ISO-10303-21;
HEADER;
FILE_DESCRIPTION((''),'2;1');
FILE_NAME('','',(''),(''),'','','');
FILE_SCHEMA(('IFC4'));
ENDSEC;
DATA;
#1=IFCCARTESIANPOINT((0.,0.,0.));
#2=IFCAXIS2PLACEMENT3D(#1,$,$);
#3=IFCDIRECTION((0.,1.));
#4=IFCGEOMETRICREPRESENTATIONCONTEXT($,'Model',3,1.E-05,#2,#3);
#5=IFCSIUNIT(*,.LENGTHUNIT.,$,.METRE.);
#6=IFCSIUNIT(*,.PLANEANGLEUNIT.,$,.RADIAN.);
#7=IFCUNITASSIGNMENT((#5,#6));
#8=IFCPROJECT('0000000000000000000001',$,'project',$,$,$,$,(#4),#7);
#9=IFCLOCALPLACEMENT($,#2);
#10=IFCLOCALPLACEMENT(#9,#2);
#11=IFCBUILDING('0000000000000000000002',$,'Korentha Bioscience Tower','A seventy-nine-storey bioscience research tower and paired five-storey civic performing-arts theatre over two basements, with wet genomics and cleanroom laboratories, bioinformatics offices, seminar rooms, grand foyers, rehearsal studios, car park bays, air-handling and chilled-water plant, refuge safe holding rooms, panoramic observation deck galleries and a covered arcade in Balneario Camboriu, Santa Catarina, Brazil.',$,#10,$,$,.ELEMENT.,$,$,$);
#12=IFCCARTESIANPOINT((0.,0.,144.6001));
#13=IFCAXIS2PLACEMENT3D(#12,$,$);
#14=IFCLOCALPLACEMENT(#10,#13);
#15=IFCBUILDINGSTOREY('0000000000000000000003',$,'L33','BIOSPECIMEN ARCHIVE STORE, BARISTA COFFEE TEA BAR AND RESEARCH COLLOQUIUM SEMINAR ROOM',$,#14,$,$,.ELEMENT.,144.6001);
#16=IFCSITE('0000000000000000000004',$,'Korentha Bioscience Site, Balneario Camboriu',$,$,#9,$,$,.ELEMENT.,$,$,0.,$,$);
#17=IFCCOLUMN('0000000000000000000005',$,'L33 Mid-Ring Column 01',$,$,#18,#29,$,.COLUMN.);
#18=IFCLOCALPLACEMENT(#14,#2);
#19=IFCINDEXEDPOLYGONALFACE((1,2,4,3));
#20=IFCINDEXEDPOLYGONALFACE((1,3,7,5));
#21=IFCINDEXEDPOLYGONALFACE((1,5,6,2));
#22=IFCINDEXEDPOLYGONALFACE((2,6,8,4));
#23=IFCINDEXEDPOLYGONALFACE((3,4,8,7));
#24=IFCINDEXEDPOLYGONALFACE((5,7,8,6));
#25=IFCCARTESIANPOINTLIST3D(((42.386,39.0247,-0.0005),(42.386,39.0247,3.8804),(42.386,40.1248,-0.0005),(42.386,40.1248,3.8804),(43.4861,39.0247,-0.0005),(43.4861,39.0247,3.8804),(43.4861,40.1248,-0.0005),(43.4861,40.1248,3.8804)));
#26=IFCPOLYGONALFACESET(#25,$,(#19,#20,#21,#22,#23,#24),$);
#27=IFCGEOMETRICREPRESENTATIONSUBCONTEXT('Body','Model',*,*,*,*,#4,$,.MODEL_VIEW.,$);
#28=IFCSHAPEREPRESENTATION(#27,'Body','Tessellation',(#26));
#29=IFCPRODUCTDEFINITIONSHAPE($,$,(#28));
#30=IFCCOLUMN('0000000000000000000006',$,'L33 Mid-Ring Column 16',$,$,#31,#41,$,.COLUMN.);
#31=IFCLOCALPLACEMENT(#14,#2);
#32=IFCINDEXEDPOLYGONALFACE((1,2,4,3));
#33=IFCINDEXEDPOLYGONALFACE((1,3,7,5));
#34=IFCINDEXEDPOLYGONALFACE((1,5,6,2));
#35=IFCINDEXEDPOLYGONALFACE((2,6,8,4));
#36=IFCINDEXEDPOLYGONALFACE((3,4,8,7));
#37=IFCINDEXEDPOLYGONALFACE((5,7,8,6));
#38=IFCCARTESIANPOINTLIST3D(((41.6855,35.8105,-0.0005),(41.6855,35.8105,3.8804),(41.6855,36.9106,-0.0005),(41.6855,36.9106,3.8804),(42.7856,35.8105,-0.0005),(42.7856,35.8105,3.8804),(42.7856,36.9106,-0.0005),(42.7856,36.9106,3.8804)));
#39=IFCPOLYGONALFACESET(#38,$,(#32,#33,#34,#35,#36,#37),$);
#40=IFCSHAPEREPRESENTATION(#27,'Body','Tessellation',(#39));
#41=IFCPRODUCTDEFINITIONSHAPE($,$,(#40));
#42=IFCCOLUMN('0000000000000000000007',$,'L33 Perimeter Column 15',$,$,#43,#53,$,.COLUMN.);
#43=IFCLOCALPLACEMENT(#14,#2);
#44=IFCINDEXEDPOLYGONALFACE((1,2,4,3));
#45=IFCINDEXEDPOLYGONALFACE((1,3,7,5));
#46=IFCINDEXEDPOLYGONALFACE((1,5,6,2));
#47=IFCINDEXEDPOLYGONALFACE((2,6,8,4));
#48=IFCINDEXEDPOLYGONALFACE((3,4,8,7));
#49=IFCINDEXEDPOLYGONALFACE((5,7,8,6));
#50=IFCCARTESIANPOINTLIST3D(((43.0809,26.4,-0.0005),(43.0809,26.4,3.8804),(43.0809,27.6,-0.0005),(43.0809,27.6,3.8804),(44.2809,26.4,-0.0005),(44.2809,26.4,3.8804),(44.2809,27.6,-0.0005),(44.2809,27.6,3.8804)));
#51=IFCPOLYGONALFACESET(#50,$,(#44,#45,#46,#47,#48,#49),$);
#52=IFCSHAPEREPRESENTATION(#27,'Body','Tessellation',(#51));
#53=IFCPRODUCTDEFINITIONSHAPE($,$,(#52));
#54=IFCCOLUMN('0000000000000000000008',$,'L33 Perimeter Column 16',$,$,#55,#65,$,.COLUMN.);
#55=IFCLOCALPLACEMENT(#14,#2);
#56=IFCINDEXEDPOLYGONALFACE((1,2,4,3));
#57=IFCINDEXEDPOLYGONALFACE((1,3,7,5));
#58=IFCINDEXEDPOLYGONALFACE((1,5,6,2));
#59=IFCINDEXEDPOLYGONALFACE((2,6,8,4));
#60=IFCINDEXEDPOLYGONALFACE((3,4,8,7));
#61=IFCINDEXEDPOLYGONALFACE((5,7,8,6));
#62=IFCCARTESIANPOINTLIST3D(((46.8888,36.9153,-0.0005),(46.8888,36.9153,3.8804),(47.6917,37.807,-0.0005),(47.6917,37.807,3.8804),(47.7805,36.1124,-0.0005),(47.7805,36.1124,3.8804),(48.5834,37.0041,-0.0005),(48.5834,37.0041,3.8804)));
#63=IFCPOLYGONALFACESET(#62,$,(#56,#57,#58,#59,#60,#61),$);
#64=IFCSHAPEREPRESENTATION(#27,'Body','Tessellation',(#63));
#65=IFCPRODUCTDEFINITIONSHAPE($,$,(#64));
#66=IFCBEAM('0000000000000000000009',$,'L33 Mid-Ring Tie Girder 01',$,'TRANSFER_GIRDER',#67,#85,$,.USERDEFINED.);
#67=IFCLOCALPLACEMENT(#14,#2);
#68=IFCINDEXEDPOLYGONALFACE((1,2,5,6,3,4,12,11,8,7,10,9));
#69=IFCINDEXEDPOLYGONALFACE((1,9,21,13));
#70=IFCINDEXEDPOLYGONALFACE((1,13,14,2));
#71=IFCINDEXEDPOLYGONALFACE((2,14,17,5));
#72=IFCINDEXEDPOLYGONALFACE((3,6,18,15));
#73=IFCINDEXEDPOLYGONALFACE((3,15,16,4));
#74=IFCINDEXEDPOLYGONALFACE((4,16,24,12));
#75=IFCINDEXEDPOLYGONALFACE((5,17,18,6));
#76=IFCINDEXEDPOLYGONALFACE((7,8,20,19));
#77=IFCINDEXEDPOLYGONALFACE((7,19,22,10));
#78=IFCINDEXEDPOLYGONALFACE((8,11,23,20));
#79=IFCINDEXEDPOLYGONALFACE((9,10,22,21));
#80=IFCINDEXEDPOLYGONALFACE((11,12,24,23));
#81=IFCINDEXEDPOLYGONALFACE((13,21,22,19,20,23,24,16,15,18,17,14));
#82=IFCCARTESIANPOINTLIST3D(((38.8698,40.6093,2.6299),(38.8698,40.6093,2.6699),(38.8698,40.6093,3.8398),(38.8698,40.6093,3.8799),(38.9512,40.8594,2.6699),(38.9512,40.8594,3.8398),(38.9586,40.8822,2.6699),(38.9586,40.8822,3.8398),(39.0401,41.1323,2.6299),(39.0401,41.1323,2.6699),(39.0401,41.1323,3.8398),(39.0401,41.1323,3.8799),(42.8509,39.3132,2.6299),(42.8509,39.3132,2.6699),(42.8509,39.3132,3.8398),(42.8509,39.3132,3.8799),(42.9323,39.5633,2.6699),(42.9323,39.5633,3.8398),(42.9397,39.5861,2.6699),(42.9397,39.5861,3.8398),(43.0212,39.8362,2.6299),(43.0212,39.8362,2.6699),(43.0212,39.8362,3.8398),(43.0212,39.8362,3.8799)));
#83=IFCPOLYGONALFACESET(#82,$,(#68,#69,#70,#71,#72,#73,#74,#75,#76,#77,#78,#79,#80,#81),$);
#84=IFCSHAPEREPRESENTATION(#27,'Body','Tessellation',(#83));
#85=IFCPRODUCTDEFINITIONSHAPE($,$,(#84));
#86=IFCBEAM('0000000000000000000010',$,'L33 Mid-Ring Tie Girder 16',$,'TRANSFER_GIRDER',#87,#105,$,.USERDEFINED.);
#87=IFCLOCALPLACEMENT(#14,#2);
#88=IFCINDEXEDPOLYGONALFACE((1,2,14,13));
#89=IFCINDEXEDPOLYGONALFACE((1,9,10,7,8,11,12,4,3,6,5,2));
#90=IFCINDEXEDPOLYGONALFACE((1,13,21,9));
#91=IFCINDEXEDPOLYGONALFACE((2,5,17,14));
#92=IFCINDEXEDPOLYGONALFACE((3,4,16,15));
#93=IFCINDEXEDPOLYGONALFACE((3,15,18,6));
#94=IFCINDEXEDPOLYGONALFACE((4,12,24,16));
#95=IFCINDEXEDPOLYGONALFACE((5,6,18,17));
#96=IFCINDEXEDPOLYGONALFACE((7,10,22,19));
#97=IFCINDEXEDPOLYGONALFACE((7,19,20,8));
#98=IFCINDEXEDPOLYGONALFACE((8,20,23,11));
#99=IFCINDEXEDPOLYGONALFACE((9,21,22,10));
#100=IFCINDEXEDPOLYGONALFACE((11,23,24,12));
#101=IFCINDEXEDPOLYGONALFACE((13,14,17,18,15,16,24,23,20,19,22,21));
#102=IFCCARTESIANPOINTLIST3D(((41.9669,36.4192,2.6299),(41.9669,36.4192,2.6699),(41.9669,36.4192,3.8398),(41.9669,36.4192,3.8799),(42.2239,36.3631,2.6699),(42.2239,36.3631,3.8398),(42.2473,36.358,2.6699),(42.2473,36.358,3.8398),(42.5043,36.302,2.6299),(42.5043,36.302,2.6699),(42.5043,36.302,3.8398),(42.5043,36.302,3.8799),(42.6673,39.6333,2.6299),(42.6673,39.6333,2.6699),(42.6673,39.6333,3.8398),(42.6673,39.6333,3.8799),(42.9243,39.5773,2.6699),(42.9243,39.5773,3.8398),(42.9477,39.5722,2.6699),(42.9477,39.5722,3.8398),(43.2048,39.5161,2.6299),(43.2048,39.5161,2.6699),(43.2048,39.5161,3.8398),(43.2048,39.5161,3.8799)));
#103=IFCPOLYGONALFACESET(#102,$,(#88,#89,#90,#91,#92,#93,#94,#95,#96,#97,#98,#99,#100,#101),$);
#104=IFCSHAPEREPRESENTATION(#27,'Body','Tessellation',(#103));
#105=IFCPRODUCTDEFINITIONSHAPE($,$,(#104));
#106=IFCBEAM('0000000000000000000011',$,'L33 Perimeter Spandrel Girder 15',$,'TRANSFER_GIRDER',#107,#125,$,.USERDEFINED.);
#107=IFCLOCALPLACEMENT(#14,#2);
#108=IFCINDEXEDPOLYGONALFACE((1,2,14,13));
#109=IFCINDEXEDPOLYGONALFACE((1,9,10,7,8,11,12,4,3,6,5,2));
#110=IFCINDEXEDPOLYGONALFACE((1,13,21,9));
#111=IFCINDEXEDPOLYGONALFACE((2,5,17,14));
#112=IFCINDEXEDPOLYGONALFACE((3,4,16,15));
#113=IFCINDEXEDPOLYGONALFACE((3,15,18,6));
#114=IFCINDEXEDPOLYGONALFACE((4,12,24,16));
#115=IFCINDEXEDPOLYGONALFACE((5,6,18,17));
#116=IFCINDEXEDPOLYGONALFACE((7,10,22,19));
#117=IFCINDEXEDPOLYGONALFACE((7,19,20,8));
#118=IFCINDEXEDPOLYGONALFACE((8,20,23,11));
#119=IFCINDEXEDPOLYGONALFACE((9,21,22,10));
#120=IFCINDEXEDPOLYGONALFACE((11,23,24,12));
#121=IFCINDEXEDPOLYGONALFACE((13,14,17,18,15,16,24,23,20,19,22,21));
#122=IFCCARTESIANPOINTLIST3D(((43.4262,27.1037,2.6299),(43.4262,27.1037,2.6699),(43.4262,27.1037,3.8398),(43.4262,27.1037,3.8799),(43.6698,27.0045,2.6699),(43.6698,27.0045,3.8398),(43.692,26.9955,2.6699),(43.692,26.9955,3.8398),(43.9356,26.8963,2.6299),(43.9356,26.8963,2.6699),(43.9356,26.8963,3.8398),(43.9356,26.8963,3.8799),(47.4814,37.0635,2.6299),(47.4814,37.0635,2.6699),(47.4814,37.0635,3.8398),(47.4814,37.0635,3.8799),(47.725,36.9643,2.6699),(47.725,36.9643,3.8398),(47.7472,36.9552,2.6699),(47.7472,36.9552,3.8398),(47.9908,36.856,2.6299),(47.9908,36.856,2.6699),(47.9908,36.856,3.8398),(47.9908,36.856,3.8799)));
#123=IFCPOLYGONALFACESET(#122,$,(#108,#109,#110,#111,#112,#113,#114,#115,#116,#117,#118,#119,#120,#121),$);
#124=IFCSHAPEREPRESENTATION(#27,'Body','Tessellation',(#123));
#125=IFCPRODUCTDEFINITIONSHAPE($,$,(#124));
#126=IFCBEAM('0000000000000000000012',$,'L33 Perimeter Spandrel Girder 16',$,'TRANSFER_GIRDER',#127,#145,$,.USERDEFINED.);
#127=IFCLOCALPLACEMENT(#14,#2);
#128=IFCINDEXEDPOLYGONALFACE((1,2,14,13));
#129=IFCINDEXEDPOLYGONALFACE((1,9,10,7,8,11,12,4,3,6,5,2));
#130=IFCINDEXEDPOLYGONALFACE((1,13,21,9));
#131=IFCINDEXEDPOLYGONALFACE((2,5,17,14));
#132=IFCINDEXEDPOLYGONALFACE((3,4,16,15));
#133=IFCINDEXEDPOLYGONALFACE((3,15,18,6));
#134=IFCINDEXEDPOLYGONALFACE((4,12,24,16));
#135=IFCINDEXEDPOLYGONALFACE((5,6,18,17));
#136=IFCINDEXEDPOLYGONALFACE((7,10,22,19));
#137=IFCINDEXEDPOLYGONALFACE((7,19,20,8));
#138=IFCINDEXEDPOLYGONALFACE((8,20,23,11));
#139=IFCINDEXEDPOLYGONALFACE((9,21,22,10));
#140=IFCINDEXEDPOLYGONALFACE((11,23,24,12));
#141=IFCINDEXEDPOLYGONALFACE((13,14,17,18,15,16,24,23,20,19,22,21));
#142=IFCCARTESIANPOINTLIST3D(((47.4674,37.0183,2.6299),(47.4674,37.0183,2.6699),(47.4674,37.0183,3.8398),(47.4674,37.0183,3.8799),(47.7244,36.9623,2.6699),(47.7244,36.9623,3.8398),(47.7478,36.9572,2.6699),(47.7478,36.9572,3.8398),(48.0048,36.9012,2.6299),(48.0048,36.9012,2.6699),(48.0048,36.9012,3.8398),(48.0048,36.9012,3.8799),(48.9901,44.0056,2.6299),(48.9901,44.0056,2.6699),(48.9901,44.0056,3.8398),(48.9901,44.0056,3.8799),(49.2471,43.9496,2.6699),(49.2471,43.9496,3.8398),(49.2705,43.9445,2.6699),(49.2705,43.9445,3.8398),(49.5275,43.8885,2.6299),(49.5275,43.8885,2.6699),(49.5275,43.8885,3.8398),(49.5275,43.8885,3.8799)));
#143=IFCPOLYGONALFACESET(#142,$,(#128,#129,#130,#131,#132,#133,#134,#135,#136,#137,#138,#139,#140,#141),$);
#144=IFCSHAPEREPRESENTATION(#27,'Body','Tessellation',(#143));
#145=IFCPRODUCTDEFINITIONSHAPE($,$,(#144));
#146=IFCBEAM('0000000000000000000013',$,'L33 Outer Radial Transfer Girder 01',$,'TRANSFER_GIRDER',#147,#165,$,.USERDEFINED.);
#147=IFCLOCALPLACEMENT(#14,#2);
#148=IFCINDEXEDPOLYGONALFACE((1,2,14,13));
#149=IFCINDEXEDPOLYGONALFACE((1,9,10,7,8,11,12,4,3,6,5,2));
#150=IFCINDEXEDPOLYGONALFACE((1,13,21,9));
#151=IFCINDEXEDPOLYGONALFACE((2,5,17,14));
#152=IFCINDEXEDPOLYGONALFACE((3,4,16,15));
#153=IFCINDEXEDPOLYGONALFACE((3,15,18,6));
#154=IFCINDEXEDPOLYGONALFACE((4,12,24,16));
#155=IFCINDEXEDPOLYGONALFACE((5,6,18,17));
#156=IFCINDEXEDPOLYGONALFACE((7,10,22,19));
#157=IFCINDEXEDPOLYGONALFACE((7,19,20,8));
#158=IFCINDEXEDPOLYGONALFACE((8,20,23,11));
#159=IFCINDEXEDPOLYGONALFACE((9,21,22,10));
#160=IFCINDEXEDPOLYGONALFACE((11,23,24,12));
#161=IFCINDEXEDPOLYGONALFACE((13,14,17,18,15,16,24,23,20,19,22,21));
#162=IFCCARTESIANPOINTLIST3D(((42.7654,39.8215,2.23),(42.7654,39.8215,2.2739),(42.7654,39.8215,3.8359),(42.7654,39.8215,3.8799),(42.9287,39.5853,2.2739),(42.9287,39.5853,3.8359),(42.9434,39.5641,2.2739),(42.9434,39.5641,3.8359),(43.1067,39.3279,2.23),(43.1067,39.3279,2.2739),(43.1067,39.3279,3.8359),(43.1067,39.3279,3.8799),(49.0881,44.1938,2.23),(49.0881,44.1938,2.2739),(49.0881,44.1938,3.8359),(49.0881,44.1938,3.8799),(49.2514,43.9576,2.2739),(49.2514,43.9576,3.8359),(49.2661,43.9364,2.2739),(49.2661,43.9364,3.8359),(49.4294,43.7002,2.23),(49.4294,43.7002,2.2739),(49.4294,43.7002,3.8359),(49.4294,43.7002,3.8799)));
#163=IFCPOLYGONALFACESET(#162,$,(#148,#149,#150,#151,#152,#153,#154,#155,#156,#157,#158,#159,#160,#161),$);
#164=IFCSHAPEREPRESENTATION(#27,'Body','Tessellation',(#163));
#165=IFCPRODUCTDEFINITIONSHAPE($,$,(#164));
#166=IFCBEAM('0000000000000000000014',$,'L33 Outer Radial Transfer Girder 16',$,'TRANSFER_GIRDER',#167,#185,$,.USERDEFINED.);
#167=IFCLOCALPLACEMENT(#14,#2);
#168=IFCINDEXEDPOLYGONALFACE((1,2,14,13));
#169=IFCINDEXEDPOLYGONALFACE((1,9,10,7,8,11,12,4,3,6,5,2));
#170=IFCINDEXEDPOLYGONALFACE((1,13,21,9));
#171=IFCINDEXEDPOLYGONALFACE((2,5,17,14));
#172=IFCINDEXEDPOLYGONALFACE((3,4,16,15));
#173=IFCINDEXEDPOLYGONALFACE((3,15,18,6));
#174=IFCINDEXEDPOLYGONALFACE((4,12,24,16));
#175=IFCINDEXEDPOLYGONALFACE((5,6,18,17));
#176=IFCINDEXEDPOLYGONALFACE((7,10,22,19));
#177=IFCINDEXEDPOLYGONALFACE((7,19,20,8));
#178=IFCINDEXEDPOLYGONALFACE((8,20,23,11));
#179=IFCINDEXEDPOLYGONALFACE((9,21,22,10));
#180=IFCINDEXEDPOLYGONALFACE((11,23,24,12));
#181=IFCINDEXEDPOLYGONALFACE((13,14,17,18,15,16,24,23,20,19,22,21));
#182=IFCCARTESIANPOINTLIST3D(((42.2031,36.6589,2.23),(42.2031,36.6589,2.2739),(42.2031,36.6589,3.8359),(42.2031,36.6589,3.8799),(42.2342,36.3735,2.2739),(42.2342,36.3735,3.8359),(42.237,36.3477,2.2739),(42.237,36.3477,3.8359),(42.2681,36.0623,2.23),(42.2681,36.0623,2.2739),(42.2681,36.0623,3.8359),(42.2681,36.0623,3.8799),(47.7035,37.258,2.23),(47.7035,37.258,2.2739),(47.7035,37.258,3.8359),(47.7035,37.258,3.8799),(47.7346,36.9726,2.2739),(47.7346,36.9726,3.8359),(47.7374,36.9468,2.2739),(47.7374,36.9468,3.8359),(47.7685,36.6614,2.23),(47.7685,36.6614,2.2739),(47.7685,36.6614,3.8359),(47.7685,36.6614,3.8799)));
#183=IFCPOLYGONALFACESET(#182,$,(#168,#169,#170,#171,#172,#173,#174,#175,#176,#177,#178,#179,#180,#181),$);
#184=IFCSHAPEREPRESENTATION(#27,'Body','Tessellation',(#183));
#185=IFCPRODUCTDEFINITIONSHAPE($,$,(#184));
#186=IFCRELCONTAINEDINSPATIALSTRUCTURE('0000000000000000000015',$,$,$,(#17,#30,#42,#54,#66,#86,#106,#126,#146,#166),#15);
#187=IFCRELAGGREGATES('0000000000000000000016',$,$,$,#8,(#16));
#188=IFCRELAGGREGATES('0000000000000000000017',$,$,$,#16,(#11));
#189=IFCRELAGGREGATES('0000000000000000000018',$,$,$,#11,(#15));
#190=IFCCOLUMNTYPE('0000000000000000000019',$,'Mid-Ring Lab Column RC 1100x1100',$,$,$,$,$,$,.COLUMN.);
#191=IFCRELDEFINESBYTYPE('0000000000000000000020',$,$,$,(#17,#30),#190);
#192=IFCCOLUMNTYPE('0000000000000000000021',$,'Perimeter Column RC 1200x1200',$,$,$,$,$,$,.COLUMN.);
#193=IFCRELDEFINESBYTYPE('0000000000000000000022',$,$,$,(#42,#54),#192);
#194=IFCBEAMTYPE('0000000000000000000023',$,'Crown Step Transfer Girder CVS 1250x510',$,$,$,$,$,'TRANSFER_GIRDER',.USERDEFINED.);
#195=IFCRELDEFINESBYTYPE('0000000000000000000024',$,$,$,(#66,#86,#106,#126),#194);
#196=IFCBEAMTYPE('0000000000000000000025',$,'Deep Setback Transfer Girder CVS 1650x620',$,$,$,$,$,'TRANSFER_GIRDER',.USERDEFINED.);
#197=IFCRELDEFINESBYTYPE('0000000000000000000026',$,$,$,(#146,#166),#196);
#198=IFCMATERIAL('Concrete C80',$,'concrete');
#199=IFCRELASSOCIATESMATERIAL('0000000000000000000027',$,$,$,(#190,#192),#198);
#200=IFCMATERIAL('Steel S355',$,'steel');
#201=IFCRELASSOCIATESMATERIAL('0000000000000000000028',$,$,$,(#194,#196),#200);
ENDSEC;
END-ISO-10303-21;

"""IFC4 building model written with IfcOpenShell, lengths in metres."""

from ifc_helpers import new_model, si_unit, direction, frame, origin, origin_2d, place, context, subcontext, project, spatial, rectangle, i_section, extrude, material, material_profile, profile_set, type_object, element, save


model = new_model("IFC4")

# Units and contexts
model_context = context("Model", 3, precision=1e-05, world=origin(), true_north=direction((0.0, 1.0)))
body_context = subcontext(model_context, "Body", "Model", "MODEL_VIEW")
ifc_project = project(units=[si_unit("LENGTHUNIT", "METRE"), si_unit("PLANEANGLEUNIT", "RADIAN")], contexts=[model_context])

# Site, building, storey
site_placement = place(None, origin())
site = spatial("IfcSite", under=ifc_project, at=site_placement, Name="Korentha Bioscience Site, Balneario Camboriu", CompositionType="ELEMENT", RefElevation=0.0)
building_placement = place(site_placement, origin())
building = spatial("IfcBuilding", under=site, at=building_placement, Name="Korentha Bioscience Tower", Description="A seventy-nine-storey bioscience research tower and paired five-storey civic performing-arts theatre over two basements, with wet genomics and cleanroom laboratories, bioinformatics offices, seminar rooms, grand foyers, rehearsal studios, car park bays, air-handling and chilled-water plant, refuge safe holding rooms, panoramic observation deck galleries and a covered arcade in Balneario Camboriu, Santa Catarina, Brazil.", CompositionType="ELEMENT")
storey_placement = place(building_placement, frame((0.0, 0.0, 144.6001)))
storey = spatial("IfcBuildingStorey", under=building, at=storey_placement, Name="L33", Description="BIOSPECIMEN ARCHIVE STORE, BARISTA COFFEE TEA BAR AND RESEARCH COLLOQUIUM SEMINAR ROOM", CompositionType="ELEMENT", Elevation=144.6001)

# Columns
ifc_material_1 = material(Name="Concrete C80", Category="concrete")
ifc_material_profile_1 = material_profile(ifc_material_1, rectangle(XDim=1.1001, YDim=1.1001, at=origin_2d()), Name="Concrete C80")
ifc_profile_set_1 = profile_set([ifc_material_profile_1], Name="Concrete C80 (COL-MR11)")
column_type_1 = type_object("IfcColumnType", Name="Mid-Ring Lab Column RC 1100x1100", PredefinedType="COLUMN", material=ifc_profile_set_1)
for number, where, z_axis, x_axis, name in (
    (1, (42.936, 39.5747, -0.0005), (0.0, 0.0, 1.0), (1.0, 0.0, 0.0), "L33 Mid-Ring Column 01"),
    (2, (42.2356, 36.3606, -0.0005), (0.0, 0.0, 1.0), (1.0, 0.0, 0.0), "L33 Mid-Ring Column 16"),
):
    element("IfcColumn", number, at=place(storey_placement, frame(where, z_axis=z_axis, x_axis=x_axis)), inside=storey, type_object=column_type_1, Name=name, PredefinedType="COLUMN", context=body_context, shape_type="SweptSolid", body=[
        extrude(rectangle(XDim=1.1001, YDim=1.1001, at=origin_2d()), origin(), (0.0, 0.0, 1.0), 3.8809),
    ])
ifc_material_profile_2 = material_profile(ifc_material_1, rectangle(XDim=1.2, YDim=1.2, at=origin_2d()), Name="Concrete C80")
ifc_profile_set_2 = profile_set([ifc_material_profile_2], Name="Concrete C80 (COL-P12)")
column_type_2 = type_object("IfcColumnType", Name="Perimeter Column RC 1200x1200", PredefinedType="COLUMN", material=ifc_profile_set_2)
for number, where, z_axis, x_axis, name in (
    (3, (43.6809, 27.0, -0.0005), (0.0, 0.0, 1.0), (0.0, 1.0, 0.0), "L33 Perimeter Column 15"),
    (4, (47.7361, 36.9597, -0.0005), (0.0, 0.0, 1.0), (0.669131, 0.743145, 0.0), "L33 Perimeter Column 16"),
):
    element("IfcColumn", number, at=place(storey_placement, frame(where, z_axis=z_axis, x_axis=x_axis)), inside=storey, type_object=column_type_2, Name=name, PredefinedType="COLUMN", context=body_context, shape_type="SweptSolid", body=[
        extrude(rectangle(XDim=1.2, YDim=1.2, at=origin_2d()), origin(), (0.0, 0.0, 1.0), 3.8809),
    ])

# Beams
ifc_material_2 = material(Name="Steel S355", Category="steel")
ifc_material_profile_3 = material_profile(ifc_material_2, i_section(OverallWidth=0.55, OverallDepth=1.25, WebThickness=0.0239, FlangeThickness=0.04, at=origin_2d()), Name="Steel S355")
ifc_profile_set_3 = profile_set([ifc_material_profile_3], Name="Steel S355 (TG-03)")
beam_type_1 = type_object("IfcBeamType", Name="Crown Step Transfer Girder CVS 1250x510", ElementType="TRANSFER_GIRDER", PredefinedType="USERDEFINED", material=ifc_profile_set_3)
beam_1_placement = place(storey_placement, frame((42.936, 39.5747, 3.2549), z_axis=(-0.950876, 0.309573, 0.0), x_axis=(-0.309573, -0.950876, 0.0)))
element("IfcBeam", 5, at=beam_1_placement, inside=storey, type_object=beam_type_1, Name="L33 Mid-Ring Tie Girder 01", ObjectType="TRANSFER_GIRDER", PredefinedType="USERDEFINED", context=body_context, shape_type="SweptSolid", body=[
    extrude(i_section(OverallWidth=0.55, OverallDepth=1.25, WebThickness=0.0239, FlangeThickness=0.04, at=origin_2d()), origin(), (0.0, 0.0, 1.0), 4.1868),
])
beam_2_placement = place(storey_placement, frame((42.2356, 36.3606, 3.2549), z_axis=(0.212929, 0.977068, 0.0), x_axis=(-0.977068, 0.212929, 0.0)))
element("IfcBeam", 6, at=beam_2_placement, inside=storey, type_object=beam_type_1, Name="L33 Mid-Ring Tie Girder 16", ObjectType="TRANSFER_GIRDER", PredefinedType="USERDEFINED", context=body_context, shape_type="SweptSolid", body=[
    extrude(i_section(OverallWidth=0.55, OverallDepth=1.25, WebThickness=0.0239, FlangeThickness=0.04, at=origin_2d()), origin(), (0.0, 0.0, 1.0), 3.2896),
])
beam_3_placement = place(storey_placement, frame((43.6809, 27.0, 3.2549), z_axis=(0.377099, 0.926173, 0.0), x_axis=(-0.926173, 0.377099, 0.0)))
element("IfcBeam", 7, at=beam_3_placement, inside=storey, type_object=beam_type_1, Name="L33 Perimeter Spandrel Girder 15", ObjectType="TRANSFER_GIRDER", PredefinedType="USERDEFINED", context=body_context, shape_type="SweptSolid", body=[
    extrude(i_section(OverallWidth=0.55, OverallDepth=1.25, WebThickness=0.0239, FlangeThickness=0.04, at=origin_2d()), origin(), (0.0, 0.0, 1.0), 10.7537),
])
beam_4_placement = place(storey_placement, frame((47.7361, 36.9597, 3.2549), z_axis=(0.212927, 0.977068, 0.0), x_axis=(-0.977068, 0.212927, 0.0)))
element("IfcBeam", 8, at=beam_4_placement, inside=storey, type_object=beam_type_1, Name="L33 Perimeter Spandrel Girder 16", ObjectType="TRANSFER_GIRDER", PredefinedType="USERDEFINED", context=body_context, shape_type="SweptSolid", body=[
    extrude(i_section(OverallWidth=0.55, OverallDepth=1.25, WebThickness=0.0239, FlangeThickness=0.04, at=origin_2d()), origin(), (0.0, 0.0, 1.0), 7.1514),
])
ifc_material_profile_4 = material_profile(ifc_material_2, i_section(OverallWidth=0.6001, OverallDepth=1.6499, WebThickness=0.0259, FlangeThickness=0.0439, at=origin_2d()), Name="Steel S355")
ifc_profile_set_4 = profile_set([ifc_material_profile_4], Name="Steel S355 (TG-04)")
beam_type_2 = type_object("IfcBeamType", Name="Deep Setback Transfer Girder CVS 1650x620", ElementType="TRANSFER_GIRDER", PredefinedType="USERDEFINED", material=ifc_profile_set_4)
beam_5_placement = place(storey_placement, frame((42.936, 39.5747, 3.0549), z_axis=(0.822495, 0.568772, 0.0), x_axis=(-0.568772, 0.822495, 0.0)))
element("IfcBeam", 9, at=beam_5_placement, inside=storey, type_object=beam_type_2, Name="L33 Outer Radial Transfer Girder 01", ObjectType="TRANSFER_GIRDER", PredefinedType="USERDEFINED", context=body_context, shape_type="SweptSolid", body=[
    extrude(i_section(OverallWidth=0.6001, OverallDepth=1.6499, WebThickness=0.0259, FlangeThickness=0.0439, at=origin_2d()), origin(), (0.0, 0.0, 1.0), 7.6873),
])
beam_6_placement = place(storey_placement, frame((42.2356, 36.3606, 3.0549), z_axis=(0.99412, 0.108281, 0.0), x_axis=(-0.108281, 0.99412, 0.0)))
element("IfcBeam", 10, at=beam_6_placement, inside=storey, type_object=beam_type_2, Name="L33 Outer Radial Transfer Girder 16", ObjectType="TRANSFER_GIRDER", PredefinedType="USERDEFINED", context=body_context, shape_type="SweptSolid", body=[
    extrude(i_section(OverallWidth=0.6001, OverallDepth=1.6499, WebThickness=0.0259, FlangeThickness=0.0439, at=origin_2d()), origin(), (0.0, 0.0, 1.0), 5.533),
])

save(model, "model.ifc")
